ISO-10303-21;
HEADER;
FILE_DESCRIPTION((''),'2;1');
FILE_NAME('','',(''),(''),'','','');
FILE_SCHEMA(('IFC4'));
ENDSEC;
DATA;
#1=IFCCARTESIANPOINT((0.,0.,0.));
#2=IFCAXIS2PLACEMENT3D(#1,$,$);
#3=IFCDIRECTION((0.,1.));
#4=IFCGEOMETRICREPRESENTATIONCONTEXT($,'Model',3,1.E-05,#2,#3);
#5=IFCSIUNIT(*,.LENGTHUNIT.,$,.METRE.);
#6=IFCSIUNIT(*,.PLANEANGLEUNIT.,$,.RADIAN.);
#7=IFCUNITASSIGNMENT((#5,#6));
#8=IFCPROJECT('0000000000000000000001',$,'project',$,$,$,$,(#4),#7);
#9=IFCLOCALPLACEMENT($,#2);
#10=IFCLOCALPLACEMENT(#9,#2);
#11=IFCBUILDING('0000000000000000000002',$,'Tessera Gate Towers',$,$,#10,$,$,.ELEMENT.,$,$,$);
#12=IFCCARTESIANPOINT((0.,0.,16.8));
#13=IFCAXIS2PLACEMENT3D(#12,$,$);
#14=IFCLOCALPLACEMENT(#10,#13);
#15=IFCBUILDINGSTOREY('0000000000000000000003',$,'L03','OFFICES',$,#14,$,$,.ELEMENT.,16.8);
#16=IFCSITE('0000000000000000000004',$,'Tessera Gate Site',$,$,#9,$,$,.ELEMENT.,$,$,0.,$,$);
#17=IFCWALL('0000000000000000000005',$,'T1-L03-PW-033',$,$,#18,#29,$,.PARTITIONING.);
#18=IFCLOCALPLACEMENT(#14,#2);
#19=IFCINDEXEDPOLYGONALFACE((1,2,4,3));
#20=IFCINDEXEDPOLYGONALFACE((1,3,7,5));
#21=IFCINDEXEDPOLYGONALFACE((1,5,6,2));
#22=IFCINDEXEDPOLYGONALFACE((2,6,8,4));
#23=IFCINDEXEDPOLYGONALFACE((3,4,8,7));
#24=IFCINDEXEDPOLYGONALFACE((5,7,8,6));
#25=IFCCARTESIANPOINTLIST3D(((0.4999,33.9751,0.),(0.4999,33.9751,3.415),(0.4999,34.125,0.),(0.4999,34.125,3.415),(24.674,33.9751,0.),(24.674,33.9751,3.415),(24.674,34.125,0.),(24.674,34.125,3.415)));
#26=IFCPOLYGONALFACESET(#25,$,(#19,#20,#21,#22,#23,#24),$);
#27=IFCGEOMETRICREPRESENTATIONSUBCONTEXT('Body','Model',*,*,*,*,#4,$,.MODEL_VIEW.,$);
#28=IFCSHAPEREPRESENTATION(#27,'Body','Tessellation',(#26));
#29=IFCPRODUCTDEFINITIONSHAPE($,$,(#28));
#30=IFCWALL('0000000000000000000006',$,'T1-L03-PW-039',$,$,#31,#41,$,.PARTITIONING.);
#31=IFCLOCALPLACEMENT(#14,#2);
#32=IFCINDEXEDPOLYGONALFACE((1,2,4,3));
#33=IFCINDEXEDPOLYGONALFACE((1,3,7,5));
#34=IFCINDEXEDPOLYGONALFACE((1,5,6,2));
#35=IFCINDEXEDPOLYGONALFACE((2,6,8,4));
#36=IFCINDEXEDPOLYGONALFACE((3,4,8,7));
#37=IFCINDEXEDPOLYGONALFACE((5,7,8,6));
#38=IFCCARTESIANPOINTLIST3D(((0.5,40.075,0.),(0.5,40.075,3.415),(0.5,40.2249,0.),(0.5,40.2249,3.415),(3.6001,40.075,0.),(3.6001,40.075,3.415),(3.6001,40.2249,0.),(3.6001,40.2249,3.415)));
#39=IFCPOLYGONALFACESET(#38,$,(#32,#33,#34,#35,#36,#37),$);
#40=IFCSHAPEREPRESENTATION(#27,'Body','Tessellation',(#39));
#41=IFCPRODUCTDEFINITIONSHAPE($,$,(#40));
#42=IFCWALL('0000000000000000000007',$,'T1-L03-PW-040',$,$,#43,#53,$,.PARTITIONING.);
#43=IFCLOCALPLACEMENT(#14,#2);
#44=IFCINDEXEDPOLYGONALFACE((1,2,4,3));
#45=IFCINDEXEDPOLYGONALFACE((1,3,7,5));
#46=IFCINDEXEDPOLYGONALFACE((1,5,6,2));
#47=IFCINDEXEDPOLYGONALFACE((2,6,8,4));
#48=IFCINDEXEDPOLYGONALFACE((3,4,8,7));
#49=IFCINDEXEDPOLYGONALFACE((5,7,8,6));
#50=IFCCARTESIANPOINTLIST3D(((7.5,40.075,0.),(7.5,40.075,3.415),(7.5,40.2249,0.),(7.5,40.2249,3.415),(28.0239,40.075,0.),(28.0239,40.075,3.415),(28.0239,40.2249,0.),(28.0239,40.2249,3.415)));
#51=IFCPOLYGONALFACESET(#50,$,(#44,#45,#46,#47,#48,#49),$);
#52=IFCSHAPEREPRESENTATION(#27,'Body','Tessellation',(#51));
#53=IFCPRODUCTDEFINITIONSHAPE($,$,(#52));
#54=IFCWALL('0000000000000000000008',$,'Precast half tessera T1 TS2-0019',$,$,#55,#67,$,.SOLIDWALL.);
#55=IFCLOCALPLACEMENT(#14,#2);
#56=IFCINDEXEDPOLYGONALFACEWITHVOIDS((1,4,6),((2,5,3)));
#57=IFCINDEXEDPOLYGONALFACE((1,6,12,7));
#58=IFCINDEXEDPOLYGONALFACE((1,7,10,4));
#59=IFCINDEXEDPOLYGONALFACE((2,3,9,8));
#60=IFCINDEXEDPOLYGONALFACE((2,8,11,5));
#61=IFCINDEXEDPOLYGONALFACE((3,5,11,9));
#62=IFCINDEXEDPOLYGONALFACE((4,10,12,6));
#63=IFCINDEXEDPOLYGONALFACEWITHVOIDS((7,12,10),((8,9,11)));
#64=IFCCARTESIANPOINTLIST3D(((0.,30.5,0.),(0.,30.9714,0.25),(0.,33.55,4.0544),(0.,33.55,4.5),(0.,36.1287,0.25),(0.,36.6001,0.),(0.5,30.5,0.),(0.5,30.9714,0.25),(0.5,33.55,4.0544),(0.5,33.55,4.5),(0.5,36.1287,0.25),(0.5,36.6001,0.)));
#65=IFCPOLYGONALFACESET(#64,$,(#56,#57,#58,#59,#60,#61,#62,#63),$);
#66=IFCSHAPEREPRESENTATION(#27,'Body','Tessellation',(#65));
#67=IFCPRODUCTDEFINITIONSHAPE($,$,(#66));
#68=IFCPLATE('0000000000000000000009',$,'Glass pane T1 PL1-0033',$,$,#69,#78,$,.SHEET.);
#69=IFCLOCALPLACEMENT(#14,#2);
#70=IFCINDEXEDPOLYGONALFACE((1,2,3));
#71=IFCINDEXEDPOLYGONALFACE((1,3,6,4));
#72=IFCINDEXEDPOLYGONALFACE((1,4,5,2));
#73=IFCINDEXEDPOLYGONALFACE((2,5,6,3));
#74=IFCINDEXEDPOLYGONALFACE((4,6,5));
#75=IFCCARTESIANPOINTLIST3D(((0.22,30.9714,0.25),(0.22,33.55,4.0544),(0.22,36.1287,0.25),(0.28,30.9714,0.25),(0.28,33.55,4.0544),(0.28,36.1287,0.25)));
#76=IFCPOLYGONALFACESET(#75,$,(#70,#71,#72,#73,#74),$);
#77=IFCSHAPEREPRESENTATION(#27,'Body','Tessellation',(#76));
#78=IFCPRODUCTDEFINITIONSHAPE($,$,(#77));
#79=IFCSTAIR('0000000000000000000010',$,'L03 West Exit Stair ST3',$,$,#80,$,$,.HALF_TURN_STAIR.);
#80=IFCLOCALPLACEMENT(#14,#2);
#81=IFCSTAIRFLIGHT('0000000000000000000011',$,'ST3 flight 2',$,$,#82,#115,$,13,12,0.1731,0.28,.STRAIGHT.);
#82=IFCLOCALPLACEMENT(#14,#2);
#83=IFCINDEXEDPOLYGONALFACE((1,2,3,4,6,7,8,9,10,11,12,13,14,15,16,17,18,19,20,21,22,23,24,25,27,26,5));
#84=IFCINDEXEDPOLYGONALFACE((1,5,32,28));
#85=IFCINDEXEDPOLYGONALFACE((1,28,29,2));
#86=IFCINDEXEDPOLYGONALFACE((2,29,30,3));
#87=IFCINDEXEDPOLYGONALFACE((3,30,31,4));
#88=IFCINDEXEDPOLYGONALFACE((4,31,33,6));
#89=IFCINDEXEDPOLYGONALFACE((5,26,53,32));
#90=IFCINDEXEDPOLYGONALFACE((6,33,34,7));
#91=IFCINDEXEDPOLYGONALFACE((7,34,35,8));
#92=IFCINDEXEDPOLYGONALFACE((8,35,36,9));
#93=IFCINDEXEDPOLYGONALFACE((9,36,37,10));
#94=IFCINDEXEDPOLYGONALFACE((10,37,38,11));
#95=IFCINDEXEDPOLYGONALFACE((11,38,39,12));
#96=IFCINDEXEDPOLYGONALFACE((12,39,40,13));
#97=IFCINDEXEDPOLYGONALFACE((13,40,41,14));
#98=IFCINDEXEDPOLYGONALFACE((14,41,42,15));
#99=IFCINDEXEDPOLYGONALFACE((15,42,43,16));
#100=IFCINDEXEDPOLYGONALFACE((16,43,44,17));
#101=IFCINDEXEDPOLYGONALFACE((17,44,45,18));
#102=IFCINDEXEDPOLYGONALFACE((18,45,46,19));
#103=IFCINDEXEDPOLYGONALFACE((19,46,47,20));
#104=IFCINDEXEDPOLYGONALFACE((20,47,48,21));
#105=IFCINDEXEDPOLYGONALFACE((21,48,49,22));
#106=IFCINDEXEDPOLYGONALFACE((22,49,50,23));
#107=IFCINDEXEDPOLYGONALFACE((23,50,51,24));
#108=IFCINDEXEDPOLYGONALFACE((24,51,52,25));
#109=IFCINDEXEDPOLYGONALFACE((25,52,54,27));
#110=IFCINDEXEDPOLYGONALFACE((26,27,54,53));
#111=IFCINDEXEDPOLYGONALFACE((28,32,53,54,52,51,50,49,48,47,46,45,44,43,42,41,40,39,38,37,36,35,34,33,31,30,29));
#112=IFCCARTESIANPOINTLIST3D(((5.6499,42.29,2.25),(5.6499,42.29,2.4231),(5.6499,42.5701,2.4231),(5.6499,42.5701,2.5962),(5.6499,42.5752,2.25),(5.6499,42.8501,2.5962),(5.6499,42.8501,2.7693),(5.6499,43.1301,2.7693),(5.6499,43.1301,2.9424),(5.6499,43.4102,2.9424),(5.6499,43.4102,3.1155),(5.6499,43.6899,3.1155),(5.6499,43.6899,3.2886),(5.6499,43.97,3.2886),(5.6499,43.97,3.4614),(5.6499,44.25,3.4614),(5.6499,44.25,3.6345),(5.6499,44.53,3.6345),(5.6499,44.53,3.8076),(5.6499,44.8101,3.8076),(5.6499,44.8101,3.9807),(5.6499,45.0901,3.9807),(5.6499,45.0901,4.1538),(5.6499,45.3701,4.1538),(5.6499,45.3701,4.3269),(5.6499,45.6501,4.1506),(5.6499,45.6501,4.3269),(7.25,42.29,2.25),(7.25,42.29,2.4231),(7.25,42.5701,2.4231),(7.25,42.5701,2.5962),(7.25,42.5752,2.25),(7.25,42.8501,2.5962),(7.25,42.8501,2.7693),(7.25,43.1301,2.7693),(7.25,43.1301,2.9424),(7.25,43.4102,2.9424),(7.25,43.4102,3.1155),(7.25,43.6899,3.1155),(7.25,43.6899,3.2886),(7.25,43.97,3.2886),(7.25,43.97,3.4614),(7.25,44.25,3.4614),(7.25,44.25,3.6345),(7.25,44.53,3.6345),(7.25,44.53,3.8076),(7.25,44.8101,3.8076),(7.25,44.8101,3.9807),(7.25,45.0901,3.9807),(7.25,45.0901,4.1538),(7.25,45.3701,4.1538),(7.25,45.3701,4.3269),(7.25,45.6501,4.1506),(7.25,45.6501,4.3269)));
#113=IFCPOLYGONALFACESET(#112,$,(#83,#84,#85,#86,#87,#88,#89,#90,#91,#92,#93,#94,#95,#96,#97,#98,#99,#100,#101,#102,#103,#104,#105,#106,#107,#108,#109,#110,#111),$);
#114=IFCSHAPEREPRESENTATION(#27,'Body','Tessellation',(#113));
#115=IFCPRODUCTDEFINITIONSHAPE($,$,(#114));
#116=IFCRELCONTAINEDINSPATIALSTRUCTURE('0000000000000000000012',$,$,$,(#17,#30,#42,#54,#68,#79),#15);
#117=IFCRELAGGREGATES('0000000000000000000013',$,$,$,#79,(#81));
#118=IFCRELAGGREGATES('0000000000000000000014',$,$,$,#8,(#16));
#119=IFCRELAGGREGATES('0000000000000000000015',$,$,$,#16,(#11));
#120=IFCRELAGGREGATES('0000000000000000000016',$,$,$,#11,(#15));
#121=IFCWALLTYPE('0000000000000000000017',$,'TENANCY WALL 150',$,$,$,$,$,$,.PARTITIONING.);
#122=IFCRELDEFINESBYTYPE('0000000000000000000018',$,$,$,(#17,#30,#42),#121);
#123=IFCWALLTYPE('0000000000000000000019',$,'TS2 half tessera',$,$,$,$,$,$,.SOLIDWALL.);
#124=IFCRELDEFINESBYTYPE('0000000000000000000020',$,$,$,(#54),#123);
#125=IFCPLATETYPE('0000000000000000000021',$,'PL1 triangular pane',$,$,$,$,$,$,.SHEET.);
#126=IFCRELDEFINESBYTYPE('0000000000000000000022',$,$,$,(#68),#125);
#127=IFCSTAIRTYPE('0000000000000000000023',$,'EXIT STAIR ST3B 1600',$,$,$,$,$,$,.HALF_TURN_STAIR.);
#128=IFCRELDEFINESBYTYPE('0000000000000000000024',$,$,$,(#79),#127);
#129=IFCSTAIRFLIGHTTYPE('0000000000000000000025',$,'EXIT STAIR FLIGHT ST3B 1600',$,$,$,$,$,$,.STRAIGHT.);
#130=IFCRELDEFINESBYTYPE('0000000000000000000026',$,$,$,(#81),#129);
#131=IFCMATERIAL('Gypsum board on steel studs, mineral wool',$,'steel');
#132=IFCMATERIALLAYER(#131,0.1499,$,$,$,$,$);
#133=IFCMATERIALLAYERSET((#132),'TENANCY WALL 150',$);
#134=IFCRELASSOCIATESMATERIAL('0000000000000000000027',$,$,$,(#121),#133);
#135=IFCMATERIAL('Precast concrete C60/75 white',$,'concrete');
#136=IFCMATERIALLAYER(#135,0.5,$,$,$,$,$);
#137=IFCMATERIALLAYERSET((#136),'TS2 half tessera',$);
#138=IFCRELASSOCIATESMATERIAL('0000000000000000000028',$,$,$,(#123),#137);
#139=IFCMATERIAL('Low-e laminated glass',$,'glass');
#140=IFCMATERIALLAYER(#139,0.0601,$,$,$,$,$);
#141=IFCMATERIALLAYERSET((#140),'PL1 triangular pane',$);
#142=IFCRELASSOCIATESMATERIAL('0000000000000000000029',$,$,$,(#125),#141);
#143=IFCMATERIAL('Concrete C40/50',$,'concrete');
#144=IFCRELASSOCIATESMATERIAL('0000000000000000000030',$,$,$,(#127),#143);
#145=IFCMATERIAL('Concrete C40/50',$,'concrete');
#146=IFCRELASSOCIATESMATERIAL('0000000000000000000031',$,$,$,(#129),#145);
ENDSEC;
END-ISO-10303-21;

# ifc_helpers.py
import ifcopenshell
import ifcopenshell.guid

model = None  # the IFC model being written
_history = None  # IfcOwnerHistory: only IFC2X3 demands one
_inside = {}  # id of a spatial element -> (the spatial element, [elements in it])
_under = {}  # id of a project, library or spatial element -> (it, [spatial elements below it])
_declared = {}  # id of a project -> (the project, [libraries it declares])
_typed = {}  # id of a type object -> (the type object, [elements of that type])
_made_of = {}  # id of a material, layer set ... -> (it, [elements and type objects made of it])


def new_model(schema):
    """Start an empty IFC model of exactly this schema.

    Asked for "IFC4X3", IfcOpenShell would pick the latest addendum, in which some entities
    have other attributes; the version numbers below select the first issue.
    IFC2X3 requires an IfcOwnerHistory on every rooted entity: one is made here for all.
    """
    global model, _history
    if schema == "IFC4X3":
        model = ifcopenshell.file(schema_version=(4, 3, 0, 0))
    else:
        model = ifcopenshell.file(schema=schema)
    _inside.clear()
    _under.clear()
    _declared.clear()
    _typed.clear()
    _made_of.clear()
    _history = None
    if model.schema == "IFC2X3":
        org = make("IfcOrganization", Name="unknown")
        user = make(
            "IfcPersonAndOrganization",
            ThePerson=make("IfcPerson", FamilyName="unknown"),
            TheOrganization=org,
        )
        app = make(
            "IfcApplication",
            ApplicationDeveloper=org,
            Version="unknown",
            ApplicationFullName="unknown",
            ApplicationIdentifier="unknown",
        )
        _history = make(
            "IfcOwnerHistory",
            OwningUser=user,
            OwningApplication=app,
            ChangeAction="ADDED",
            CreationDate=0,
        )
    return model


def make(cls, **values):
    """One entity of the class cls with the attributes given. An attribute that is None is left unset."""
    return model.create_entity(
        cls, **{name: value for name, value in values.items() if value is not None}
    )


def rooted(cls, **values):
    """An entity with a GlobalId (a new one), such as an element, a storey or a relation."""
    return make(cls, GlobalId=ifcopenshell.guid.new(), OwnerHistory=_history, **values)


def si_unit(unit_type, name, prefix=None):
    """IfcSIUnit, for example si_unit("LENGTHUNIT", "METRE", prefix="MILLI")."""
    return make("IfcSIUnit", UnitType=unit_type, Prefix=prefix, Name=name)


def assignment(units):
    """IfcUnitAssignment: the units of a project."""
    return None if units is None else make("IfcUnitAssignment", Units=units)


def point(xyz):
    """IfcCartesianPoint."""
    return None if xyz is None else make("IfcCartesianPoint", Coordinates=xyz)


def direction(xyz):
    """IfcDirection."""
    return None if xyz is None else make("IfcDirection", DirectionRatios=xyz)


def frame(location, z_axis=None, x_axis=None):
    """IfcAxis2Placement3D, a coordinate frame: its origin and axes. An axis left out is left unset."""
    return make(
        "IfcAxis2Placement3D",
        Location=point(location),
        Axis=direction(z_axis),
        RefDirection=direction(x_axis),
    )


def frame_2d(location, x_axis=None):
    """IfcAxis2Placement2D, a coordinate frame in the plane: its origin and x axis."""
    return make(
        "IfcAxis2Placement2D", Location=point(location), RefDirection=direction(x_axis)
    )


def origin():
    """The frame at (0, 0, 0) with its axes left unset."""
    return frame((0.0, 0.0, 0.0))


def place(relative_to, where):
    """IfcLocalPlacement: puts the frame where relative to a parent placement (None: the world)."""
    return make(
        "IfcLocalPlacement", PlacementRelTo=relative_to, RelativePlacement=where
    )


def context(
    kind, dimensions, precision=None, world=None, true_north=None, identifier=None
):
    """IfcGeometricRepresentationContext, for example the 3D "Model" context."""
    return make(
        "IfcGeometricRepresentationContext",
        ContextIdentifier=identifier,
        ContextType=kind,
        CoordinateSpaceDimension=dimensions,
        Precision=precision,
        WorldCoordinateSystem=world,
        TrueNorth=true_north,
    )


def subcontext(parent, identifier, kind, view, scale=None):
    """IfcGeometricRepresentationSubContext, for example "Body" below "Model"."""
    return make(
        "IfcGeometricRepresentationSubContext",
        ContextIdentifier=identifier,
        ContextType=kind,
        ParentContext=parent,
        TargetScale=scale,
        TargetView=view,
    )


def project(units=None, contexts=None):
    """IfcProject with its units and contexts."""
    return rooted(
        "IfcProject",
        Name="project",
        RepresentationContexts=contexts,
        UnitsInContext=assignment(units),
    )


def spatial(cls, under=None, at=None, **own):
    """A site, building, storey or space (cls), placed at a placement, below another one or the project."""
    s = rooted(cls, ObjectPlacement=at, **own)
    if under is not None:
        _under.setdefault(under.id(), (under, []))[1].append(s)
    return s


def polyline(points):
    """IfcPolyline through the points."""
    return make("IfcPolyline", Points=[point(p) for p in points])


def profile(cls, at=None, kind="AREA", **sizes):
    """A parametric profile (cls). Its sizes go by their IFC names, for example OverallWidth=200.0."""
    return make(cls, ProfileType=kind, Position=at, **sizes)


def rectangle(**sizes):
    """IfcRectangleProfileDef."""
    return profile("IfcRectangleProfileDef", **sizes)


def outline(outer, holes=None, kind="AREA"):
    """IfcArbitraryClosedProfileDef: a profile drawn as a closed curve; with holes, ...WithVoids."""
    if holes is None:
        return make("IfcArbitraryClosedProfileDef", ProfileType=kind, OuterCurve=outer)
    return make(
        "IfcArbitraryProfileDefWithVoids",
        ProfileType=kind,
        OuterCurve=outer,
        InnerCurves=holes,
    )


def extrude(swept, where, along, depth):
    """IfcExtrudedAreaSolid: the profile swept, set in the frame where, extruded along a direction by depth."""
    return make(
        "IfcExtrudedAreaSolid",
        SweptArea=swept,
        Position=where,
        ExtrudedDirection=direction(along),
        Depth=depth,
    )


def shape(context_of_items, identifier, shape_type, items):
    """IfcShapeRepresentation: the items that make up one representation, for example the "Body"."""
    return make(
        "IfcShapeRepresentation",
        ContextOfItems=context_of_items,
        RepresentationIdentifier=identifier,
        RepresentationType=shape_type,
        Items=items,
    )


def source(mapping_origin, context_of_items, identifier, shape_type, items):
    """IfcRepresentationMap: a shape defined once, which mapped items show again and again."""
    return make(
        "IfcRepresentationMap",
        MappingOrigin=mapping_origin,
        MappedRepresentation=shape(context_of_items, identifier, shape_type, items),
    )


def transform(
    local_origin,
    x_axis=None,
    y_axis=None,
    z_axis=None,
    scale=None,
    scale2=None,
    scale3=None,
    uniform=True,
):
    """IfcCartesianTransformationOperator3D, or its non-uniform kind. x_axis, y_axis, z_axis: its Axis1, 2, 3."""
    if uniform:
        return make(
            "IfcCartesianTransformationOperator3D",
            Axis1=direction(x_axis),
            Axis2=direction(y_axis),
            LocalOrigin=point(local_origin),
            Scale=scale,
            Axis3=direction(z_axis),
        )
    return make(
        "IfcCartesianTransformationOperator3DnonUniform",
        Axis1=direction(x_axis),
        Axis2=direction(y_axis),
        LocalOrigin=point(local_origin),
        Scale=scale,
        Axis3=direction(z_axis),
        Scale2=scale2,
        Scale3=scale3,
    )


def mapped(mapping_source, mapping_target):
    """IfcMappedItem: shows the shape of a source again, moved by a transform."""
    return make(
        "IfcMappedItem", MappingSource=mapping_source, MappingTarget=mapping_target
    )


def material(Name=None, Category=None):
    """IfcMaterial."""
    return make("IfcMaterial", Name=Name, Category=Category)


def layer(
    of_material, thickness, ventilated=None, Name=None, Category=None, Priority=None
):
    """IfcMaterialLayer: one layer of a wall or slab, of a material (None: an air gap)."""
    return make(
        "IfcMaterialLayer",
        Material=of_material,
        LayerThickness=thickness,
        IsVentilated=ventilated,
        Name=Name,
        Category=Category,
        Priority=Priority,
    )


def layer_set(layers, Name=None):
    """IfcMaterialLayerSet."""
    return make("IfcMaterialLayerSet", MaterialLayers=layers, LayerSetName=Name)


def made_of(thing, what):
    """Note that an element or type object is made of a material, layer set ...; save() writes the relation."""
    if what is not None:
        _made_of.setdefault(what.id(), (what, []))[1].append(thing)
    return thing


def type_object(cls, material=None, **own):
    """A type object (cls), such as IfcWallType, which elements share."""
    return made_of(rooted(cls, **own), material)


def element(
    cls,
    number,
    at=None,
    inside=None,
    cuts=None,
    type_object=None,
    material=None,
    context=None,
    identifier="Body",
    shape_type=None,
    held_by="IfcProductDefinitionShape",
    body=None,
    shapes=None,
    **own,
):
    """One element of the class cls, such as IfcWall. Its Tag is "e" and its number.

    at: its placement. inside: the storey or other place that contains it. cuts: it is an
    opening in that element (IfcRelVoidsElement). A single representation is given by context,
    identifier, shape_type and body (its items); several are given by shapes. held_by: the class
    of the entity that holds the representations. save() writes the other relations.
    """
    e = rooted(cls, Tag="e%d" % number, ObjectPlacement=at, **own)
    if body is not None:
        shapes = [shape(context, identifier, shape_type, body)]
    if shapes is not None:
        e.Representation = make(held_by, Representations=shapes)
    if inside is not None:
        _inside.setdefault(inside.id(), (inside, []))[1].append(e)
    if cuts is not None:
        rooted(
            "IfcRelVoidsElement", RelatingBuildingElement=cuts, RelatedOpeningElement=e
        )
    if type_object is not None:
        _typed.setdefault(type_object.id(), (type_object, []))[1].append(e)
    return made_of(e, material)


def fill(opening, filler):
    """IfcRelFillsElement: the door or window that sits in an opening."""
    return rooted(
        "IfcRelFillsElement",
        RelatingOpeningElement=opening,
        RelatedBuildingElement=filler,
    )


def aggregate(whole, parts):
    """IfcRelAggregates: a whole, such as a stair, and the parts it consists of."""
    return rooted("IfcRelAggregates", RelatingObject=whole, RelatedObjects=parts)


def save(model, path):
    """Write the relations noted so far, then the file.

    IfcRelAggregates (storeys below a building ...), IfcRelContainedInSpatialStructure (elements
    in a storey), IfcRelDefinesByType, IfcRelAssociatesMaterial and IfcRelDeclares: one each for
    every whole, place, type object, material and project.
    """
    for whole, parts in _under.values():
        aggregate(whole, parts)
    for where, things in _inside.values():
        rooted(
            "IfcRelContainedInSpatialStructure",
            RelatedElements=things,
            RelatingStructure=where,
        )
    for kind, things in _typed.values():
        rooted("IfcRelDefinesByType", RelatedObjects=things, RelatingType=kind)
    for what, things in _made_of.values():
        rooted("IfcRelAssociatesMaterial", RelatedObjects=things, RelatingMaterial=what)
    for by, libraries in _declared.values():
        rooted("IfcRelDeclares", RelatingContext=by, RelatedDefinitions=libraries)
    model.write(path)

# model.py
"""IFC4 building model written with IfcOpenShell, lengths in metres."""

from ifc_helpers import new_model, si_unit, direction, frame, frame_2d, origin, place, context, subcontext, project, spatial, polyline, rectangle, outline, extrude, source, transform, mapped, material, layer, layer_set, type_object, element, fill, aggregate, save


model = new_model("IFC4")

# Units and contexts
model_context = context("Model", 3, precision=1e-05, world=origin(), true_north=direction((0.0, 1.0)))
body_context = subcontext(model_context, "Body", "Model", "MODEL_VIEW")
ifc_project = project(units=[si_unit("LENGTHUNIT", "METRE"), si_unit("PLANEANGLEUNIT", "RADIAN")], contexts=[model_context])

# Site, building, storey
site_placement = place(None, origin())
site = spatial("IfcSite", under=ifc_project, at=site_placement, Name="Tessera Gate Site", CompositionType="ELEMENT", RefElevation=0.0)
building_placement = place(site_placement, origin())
building = spatial("IfcBuilding", under=site, at=building_placement, Name="Tessera Gate Towers", CompositionType="ELEMENT")
storey_placement = place(building_placement, frame((0.0, 0.0, 16.8)))
storey = spatial("IfcBuildingStorey", under=building, at=storey_placement, Name="L03", Description="OFFICES", CompositionType="ELEMENT", Elevation=16.8)

# Walls
ifc_material_1 = material(Name="Gypsum board on steel studs, mineral wool", Category="steel")
ifc_layer_1 = layer(ifc_material_1, 0.1499)
ifc_layer_set_1 = layer_set([ifc_layer_1], Name="TENANCY WALL 150")
wall_type_1 = type_object("IfcWallType", Name="TENANCY WALL 150", PredefinedType="PARTITIONING", material=ifc_layer_set_1)
wall_1_placement = place(storey_placement, frame((0.5, 34.05, 0.0), z_axis=(0.0, 0.0, 1.0), x_axis=(1.0, 0.0, 0.0)))
element("IfcWall", 1, at=wall_1_placement, inside=storey, type_object=wall_type_1, Name="T1-L03-PW-033", PredefinedType="PARTITIONING", context=body_context, shape_type="SweptSolid", body=[
    extrude(rectangle(XDim=24.1741, YDim=0.1499, at=frame_2d((12.0869, 0.0))), origin(), (0.0, 0.0, 1.0), 3.415),
])
wall_2_placement = place(storey_placement, frame((0.5, 40.1499, 0.0), z_axis=(0.0, 0.0, 1.0), x_axis=(1.0, 0.0, 0.0)))
element("IfcWall", 2, at=wall_2_placement, inside=storey, type_object=wall_type_1, Name="T1-L03-PW-039", PredefinedType="PARTITIONING", context=body_context, shape_type="SweptSolid", body=[
    extrude(rectangle(XDim=3.1001, YDim=0.1499, at=frame_2d((1.55, 0.0))), origin(), (0.0, 0.0, 1.0), 3.415),
])
wall_3_placement = place(storey_placement, frame((7.5, 40.1499, 0.0), z_axis=(0.0, 0.0, 1.0), x_axis=(1.0, 0.0, 0.0)))
element("IfcWall", 3, at=wall_3_placement, inside=storey, type_object=wall_type_1, Name="T1-L03-PW-040", PredefinedType="PARTITIONING", context=body_context, shape_type="SweptSolid", body=[
    extrude(rectangle(XDim=20.5239, YDim=0.1499, at=frame_2d((10.262, 0.0))), origin(), (0.0, 0.0, 1.0), 3.415),
])

# Wall, opening, plate
ifc_material_2 = material(Name="Precast concrete C60/75 white", Category="concrete")
ifc_layer_2 = layer(ifc_material_2, 0.5)
ifc_layer_set_2 = layer_set([ifc_layer_2], Name="TS2 half tessera")
wall_type_2 = type_object("IfcWallType", Name="TS2 half tessera", PredefinedType="SOLIDWALL", material=ifc_layer_set_2)
shared_shape_1 = source(origin(), body_context, "Body", "SweptSolid", [
    extrude(outline(polyline([(6.1001, 0.0), (3.05, 4.5), (0.0, 0.0), (6.1001, 0.0)])), frame((0.0, 0.25, 0.0), z_axis=(0.0, -1.0, 0.0), x_axis=(1.0, 0.0, 0.0)), (0.0, 0.0, 1.0), 0.5),
])
wall_4_placement = place(storey_placement, frame((0.25, 36.6001, 0.0), z_axis=(0.0, 0.0, 1.0), x_axis=(0.0, -1.0, 0.0)))
wall_4 = element("IfcWall", 4, at=wall_4_placement, inside=storey, type_object=wall_type_2, Name="Precast half tessera T1 TS2-0019", PredefinedType="SOLIDWALL", context=body_context, shape_type="MappedRepresentation", body=[
    mapped(shared_shape_1, transform((0.0, 0.0, 0.0), scale=1.0)),
])
shared_shape_2 = source(origin(), body_context, "Body", "SweptSolid", [
    extrude(outline(polyline([(5.6287, 0.25), (3.05, 4.0544), (0.4714, 0.25), (5.6287, 0.25)])), frame((0.0, 0.26, 0.0), z_axis=(0.0, -1.0, 0.0), x_axis=(1.0, 0.0, 0.0)), (0.0, 0.0, 1.0), 0.52),
])
opening_1_placement = place(wall_4_placement, origin())
opening_1 = element("IfcOpeningElement", 5, at=opening_1_placement, cuts=wall_4, PredefinedType="OPENING", context=body_context, shape_type="MappedRepresentation", body=[
    mapped(shared_shape_2, transform((0.0, 0.0, 0.0), scale=1.0)),
])
ifc_material_3 = material(Name="Low-e laminated glass", Category="glass")
ifc_layer_3 = layer(ifc_material_3, 0.0601)
ifc_layer_set_3 = layer_set([ifc_layer_3], Name="PL1 triangular pane")
plate_type = type_object("IfcPlateType", Name="PL1 triangular pane", PredefinedType="SHEET", material=ifc_layer_set_3)
shared_shape_3 = source(origin(), body_context, "Body", "SweptSolid", [
    extrude(outline(polyline([(5.6287, 0.25), (3.05, 4.0544), (0.4714, 0.25), (5.6287, 0.25)])), frame((0.0, 0.03, 0.0), z_axis=(0.0, -1.0, 0.0), x_axis=(1.0, 0.0, 0.0)), (0.0, 0.0, 1.0), 0.0601),
])
plate_placement = place(opening_1_placement, origin())
plate = element("IfcPlate", 6, at=plate_placement, inside=storey, type_object=plate_type, Name="Glass pane T1 PL1-0033", PredefinedType="SHEET", context=body_context, shape_type="MappedRepresentation", body=[
    mapped(shared_shape_3, transform((0.0, 0.0, 0.0), scale=1.0)),
])
fill(opening_1, plate)

# Stair, stair flight
ifc_material_4 = material(Name="Concrete C40/50", Category="concrete")
stair_type = type_object("IfcStairType", Name="EXIT STAIR ST3B 1600", PredefinedType="HALF_TURN_STAIR", material=ifc_material_4)
stair_placement = place(storey_placement, origin())
stair = element("IfcStair", 7, at=stair_placement, inside=storey, type_object=stair_type, Name="L03 West Exit Stair ST3", PredefinedType="HALF_TURN_STAIR")
ifc_material_5 = material(Name="Concrete C40/50", Category="concrete")
stair_flight_type = type_object("IfcStairFlightType", Name="EXIT STAIR FLIGHT ST3B 1600", PredefinedType="STRAIGHT", material=ifc_material_5)
stair_flight_placement = place(storey_placement, frame((6.45, 42.29, 2.25), z_axis=(0.0, 0.0, 1.0), x_axis=(0.0, 1.0, 0.0)))
stair_flight = element("IfcStairFlight", 8, at=stair_flight_placement, type_object=stair_flight_type, Name="ST3 flight 2", NumberOfRisers=13, NumberOfTreads=12, PredefinedType="STRAIGHT", RiserHeight=0.1731, TreadLength=0.28, context=body_context, shape_type="SweptSolid", body=[
    extrude(outline(polyline([(0.0, 0.0), (0.0, 0.1731), (0.28, 0.1731), (0.28, 0.3462), (0.5601, 0.3462), (0.5601, 0.5193), (0.8401, 0.5193), (0.8401, 0.6924), (1.1201, 0.6924), (1.1201, 0.8655), (1.3999, 0.8655), (1.3999, 1.0386), (1.6799, 1.0386), (1.6799, 1.2114), (1.96, 1.2114), (1.96, 1.3845), (2.24, 1.3845), (2.24, 1.5576), (2.52, 1.5576), (2.52, 1.7307), (2.8, 1.7307), (2.8, 1.9038), (3.0801, 1.9038), (3.0801, 2.0769), (3.3601, 2.0769), (3.3601, 2.25), (3.3601, 1.9006), (0.2852, 0.0), (0.0, 0.0)])), frame((0.0, 0.8, 0.0), z_axis=(0.0, -1.0, 0.0), x_axis=(1.0, 0.0, 0.0)), (0.0, 0.0, 1.0), 1.6001),
])
aggregate(stair, [stair_flight])

save(model, "model.ifc")
